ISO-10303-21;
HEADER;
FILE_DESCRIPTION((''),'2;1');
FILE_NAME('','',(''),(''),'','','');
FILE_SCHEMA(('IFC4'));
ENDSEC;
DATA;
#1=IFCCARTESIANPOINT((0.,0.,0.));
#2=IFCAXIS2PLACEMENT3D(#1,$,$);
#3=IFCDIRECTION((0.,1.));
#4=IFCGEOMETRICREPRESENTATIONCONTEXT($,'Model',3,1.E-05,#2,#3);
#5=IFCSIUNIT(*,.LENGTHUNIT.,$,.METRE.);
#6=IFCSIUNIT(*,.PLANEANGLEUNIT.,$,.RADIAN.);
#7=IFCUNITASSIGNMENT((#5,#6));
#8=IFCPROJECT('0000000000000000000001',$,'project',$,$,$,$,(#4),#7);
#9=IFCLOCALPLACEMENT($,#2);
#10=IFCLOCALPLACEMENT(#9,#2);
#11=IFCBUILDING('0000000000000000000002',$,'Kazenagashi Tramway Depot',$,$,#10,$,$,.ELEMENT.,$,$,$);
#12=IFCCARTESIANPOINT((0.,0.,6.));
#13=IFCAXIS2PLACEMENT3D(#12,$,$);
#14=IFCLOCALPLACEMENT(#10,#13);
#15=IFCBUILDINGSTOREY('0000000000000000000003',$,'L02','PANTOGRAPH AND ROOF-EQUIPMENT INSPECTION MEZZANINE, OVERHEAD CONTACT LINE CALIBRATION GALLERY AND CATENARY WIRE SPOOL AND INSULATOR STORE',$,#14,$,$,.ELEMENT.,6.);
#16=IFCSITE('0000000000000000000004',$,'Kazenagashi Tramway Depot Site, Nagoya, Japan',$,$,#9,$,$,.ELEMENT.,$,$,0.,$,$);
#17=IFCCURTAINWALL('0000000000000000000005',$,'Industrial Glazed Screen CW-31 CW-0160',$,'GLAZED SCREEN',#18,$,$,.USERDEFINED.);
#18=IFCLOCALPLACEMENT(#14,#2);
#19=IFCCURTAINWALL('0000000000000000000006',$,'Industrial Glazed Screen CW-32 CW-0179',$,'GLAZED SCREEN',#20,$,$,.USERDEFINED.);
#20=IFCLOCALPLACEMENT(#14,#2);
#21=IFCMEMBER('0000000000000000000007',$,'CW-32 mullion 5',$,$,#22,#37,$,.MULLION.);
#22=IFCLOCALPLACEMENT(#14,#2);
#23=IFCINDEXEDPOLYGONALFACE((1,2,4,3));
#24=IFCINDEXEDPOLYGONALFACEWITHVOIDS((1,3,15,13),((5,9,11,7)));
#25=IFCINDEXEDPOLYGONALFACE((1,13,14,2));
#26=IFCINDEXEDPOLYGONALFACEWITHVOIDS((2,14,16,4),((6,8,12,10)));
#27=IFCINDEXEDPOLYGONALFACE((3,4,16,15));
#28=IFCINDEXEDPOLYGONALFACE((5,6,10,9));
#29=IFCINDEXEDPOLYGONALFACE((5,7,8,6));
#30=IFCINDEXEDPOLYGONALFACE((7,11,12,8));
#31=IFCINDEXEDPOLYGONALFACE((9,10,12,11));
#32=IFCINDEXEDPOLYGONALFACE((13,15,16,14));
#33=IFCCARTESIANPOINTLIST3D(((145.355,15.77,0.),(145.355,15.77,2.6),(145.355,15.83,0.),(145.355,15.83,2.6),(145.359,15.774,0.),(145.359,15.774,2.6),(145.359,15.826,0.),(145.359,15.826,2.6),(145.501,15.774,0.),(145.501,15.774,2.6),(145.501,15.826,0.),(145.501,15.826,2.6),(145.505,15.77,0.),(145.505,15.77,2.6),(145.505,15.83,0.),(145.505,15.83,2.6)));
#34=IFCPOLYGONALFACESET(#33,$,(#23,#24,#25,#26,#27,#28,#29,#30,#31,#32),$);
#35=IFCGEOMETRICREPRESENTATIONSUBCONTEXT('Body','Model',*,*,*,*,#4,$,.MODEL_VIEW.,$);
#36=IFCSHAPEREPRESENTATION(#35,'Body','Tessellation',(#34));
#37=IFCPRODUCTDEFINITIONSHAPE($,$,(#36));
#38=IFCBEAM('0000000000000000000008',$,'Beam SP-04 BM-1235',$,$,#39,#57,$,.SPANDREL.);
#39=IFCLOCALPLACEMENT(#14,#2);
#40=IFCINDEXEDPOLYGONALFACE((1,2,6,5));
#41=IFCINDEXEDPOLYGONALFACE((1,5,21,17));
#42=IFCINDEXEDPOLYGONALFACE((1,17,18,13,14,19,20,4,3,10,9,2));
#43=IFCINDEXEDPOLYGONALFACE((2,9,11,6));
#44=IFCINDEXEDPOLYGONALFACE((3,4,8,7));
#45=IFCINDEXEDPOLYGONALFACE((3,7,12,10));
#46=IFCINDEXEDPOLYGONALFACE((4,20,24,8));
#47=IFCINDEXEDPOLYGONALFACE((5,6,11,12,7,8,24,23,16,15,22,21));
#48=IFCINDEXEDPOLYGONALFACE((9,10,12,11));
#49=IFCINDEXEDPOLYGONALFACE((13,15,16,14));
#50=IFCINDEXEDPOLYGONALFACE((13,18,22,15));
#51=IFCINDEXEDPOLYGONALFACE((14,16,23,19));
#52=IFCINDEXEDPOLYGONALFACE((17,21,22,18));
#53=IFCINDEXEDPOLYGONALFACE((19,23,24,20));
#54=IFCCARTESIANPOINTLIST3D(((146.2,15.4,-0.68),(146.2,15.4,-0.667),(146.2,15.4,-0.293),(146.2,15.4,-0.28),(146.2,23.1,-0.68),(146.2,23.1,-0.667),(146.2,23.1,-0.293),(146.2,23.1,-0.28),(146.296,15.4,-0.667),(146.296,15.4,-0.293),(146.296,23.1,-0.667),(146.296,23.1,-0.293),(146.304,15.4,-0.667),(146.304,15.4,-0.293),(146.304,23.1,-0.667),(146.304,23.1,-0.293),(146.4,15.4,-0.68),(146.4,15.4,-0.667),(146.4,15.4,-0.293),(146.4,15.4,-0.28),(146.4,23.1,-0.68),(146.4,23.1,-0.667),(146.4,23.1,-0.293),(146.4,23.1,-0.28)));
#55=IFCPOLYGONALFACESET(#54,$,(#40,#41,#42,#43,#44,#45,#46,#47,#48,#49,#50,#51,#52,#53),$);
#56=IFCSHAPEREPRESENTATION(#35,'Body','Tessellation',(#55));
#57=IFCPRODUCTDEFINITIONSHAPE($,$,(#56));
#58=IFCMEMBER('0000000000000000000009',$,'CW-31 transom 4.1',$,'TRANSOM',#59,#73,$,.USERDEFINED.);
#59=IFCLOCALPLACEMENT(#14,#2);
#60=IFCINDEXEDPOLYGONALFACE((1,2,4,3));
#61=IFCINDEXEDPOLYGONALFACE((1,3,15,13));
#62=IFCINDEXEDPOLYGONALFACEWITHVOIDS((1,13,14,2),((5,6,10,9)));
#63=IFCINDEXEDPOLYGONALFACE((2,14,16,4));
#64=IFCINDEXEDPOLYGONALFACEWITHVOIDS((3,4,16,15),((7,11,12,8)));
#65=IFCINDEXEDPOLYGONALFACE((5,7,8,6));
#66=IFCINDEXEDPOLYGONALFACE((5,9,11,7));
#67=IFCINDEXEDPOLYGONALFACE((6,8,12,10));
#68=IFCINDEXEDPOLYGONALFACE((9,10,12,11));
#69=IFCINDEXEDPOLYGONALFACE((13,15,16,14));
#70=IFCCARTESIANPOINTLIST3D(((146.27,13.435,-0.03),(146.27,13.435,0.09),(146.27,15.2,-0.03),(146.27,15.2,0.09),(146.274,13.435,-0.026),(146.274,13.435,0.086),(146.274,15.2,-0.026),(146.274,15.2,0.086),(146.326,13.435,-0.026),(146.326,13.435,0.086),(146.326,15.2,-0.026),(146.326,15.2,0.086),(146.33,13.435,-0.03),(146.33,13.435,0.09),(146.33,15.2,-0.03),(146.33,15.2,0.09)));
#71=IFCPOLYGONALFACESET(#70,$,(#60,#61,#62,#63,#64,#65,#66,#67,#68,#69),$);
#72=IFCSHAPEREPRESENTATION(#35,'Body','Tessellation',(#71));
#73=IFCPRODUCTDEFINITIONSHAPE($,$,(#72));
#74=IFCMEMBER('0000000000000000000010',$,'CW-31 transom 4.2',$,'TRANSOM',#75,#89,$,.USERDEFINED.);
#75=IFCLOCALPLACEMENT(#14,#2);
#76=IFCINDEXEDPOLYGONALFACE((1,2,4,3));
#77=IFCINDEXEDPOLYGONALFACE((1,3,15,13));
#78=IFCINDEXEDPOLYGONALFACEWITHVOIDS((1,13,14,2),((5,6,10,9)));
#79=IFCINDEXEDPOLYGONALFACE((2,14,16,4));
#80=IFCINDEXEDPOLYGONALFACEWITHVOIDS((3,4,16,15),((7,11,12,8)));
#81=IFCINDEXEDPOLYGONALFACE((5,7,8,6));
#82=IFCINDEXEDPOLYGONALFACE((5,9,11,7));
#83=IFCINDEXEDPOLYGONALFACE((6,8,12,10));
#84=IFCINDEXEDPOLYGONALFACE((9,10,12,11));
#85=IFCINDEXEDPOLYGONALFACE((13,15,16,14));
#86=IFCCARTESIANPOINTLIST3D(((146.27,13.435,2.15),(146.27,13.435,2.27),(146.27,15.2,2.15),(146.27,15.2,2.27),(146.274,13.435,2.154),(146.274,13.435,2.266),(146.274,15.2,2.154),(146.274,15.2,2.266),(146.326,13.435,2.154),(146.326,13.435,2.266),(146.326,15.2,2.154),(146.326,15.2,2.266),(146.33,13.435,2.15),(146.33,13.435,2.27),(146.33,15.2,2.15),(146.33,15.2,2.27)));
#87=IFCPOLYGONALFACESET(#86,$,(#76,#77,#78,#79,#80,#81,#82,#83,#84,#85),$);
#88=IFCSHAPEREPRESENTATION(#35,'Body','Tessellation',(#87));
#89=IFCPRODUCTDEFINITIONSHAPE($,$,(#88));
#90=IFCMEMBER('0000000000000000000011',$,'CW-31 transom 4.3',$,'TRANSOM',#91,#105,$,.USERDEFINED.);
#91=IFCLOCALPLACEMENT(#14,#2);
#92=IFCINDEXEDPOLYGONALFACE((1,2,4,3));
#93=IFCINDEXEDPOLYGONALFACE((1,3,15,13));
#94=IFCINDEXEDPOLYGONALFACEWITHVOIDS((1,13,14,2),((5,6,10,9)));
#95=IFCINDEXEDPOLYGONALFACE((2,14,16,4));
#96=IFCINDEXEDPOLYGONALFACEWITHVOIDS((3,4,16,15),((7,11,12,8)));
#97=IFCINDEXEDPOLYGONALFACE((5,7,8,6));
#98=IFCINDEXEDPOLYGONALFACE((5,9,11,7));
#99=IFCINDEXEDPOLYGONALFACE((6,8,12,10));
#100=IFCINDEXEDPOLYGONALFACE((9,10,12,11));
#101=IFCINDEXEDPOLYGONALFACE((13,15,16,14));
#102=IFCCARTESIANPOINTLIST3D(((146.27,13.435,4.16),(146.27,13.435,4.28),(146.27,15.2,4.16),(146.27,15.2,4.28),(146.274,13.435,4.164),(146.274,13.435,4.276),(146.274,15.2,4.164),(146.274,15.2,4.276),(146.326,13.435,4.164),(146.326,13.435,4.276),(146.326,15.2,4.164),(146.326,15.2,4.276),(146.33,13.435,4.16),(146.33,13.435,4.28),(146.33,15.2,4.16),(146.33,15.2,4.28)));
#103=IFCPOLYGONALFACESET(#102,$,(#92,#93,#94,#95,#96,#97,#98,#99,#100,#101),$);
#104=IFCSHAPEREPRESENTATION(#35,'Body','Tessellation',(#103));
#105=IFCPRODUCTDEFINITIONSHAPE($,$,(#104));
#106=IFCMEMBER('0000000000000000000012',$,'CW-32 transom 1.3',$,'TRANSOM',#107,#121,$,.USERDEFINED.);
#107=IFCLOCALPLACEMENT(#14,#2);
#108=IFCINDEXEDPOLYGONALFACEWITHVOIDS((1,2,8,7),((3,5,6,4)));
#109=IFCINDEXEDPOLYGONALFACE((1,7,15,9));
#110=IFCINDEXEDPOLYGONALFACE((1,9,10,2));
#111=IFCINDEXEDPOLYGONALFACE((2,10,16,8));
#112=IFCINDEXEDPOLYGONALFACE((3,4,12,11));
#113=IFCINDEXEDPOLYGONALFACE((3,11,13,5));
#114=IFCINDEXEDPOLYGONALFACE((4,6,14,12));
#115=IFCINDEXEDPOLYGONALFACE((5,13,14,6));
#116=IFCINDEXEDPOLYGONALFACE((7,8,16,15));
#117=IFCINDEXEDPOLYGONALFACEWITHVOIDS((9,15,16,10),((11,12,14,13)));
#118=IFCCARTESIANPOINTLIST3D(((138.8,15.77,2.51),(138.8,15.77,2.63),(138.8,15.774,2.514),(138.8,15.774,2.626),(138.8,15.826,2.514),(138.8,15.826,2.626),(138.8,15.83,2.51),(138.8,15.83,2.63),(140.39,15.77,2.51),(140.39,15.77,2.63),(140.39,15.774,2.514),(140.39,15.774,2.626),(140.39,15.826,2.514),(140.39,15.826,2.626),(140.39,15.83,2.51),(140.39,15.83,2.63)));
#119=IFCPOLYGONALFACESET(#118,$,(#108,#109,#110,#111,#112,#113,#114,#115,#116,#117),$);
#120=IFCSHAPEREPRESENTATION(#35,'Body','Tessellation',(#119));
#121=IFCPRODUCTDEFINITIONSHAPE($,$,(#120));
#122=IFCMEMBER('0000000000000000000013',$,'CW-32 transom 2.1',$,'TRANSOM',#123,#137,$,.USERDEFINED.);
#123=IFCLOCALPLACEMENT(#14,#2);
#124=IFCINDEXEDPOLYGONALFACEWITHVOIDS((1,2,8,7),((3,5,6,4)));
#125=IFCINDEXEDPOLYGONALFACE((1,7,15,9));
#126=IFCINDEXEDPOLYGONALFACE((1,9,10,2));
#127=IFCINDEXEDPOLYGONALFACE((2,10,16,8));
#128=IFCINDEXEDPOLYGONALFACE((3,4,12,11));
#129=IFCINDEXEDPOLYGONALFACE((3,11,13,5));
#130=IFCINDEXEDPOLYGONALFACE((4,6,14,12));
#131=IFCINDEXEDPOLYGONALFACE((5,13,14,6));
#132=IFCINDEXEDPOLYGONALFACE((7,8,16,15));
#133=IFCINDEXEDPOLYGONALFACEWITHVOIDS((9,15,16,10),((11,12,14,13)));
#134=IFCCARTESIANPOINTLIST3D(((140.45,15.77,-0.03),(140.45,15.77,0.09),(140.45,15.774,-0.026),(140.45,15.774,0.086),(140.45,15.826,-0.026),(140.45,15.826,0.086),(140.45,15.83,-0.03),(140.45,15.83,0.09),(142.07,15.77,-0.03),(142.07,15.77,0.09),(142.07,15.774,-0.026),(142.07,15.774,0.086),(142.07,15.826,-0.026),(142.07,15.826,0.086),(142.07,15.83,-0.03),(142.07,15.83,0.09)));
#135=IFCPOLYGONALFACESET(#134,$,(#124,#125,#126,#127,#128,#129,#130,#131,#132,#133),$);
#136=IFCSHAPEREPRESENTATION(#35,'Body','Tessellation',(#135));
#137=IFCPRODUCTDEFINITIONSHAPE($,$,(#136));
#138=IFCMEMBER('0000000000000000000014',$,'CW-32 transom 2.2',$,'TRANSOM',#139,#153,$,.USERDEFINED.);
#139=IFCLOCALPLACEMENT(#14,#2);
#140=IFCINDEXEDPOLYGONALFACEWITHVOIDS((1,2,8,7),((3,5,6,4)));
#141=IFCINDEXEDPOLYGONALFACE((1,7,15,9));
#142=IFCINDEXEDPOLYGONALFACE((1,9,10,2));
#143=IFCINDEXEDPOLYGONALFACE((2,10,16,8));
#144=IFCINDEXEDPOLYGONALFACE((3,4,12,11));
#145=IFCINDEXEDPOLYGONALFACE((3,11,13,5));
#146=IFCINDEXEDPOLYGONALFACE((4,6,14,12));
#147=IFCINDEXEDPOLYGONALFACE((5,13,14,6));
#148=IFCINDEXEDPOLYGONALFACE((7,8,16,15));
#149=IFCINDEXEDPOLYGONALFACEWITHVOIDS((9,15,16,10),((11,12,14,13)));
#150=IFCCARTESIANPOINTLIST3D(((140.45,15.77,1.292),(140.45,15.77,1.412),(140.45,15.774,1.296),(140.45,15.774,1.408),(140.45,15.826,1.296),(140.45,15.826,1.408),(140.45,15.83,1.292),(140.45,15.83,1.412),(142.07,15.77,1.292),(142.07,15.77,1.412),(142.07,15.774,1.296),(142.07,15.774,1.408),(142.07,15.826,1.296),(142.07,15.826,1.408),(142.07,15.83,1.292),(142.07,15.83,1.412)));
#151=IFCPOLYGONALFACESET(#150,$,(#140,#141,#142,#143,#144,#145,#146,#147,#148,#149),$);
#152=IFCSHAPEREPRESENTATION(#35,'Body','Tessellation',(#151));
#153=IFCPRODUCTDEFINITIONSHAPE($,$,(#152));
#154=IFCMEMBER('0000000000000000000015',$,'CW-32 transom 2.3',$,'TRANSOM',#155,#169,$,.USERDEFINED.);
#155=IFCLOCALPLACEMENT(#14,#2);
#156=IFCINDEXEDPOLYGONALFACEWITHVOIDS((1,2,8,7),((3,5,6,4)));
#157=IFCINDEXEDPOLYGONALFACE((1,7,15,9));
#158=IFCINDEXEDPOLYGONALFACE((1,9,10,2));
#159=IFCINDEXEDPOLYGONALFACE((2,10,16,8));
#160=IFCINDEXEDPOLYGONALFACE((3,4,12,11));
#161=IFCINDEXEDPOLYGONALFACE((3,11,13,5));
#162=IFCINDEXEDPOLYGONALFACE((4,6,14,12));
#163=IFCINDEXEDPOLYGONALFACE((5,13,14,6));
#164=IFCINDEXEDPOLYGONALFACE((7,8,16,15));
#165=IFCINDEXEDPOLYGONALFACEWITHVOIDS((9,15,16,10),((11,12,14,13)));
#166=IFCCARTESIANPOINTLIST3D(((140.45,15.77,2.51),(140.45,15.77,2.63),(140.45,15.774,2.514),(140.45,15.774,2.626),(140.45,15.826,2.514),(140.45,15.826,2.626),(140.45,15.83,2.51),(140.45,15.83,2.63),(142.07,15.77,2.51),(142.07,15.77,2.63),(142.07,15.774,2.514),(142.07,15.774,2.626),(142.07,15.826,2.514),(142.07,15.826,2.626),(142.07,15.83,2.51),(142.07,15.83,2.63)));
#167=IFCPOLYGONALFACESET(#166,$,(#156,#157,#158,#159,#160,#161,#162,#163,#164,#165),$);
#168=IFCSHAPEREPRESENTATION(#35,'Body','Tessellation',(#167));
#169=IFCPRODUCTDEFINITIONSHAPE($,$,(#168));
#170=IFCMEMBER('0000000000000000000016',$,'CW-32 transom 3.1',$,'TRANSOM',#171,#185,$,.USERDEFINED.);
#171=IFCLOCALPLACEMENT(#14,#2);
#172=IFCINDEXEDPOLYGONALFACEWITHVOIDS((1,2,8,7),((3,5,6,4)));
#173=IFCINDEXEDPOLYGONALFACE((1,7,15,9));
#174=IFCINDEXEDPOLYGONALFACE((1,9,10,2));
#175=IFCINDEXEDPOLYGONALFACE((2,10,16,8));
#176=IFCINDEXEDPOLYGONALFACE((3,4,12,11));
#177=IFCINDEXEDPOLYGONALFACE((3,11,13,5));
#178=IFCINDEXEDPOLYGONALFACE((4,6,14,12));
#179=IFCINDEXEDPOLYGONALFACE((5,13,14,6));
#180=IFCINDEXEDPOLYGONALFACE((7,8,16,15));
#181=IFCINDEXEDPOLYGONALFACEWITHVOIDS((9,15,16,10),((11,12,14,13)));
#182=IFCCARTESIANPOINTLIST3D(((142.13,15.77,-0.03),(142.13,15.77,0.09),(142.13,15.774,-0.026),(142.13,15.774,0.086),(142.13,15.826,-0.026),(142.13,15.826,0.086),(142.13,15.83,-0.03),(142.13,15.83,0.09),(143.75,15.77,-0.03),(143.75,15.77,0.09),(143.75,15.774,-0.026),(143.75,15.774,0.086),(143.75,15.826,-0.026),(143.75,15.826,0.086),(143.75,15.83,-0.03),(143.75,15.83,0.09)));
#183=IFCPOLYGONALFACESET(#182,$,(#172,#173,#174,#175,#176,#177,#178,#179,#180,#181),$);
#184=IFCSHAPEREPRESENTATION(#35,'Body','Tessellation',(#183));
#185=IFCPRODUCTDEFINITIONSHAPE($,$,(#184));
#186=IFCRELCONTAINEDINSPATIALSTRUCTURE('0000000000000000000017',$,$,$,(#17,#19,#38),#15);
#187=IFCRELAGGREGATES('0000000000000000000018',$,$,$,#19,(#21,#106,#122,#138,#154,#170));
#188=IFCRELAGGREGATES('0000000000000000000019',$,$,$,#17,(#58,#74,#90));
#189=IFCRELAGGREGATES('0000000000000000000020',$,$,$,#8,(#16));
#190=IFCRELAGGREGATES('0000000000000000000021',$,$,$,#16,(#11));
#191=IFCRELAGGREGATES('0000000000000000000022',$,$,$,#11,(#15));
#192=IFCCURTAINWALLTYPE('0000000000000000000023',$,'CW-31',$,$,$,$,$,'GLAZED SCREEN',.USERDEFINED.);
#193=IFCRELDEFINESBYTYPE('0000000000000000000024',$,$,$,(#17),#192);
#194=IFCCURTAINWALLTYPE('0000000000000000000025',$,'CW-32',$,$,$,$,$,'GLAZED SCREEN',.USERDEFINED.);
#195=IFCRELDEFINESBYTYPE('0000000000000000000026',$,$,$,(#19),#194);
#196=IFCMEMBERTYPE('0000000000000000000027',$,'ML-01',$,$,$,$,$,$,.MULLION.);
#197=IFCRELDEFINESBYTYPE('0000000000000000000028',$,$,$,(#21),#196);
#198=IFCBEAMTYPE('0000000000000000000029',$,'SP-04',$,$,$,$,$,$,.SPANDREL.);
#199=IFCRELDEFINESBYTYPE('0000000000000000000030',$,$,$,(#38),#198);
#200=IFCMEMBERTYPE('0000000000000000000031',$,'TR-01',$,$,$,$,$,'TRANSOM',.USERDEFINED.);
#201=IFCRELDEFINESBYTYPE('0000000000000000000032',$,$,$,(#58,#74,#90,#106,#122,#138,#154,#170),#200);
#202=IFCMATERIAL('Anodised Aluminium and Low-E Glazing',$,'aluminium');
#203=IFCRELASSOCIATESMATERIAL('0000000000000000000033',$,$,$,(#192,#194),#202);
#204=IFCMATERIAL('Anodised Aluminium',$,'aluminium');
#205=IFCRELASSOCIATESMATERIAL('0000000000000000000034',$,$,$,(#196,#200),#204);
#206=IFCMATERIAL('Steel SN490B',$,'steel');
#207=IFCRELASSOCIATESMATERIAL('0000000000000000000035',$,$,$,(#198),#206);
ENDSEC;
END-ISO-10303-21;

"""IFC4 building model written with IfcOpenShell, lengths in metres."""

from ifc_helpers import new_model, si_unit, direction, frame, origin, origin_2d, place, context, subcontext, project, spatial, hollow_rectangle, i_section, extrude, material, material_profile, profile_set, type_object, element, aggregate, save


model = new_model("IFC4")

# Units and contexts
model_context = context("Model", 3, precision=1e-05, world=origin(), true_north=direction((0.0, 1.0)))
body_context = subcontext(model_context, "Body", "Model", "MODEL_VIEW")
ifc_project = project(units=[si_unit("LENGTHUNIT", "METRE"), si_unit("PLANEANGLEUNIT", "RADIAN")], contexts=[model_context])

# Site, building, storey
site_placement = place(None, origin())
site = spatial("IfcSite", under=ifc_project, at=site_placement, Name="Kazenagashi Tramway Depot Site, Nagoya, Japan", CompositionType="ELEMENT", RefElevation=0.0)
building_placement = place(site_placement, origin())
building = spatial("IfcBuilding", under=site, at=building_placement, Name="Kazenagashi Tramway Depot", CompositionType="ELEMENT")
storey_placement = place(building_placement, frame((0.0, 0.0, 6.0)))
storey = spatial("IfcBuildingStorey", under=building, at=storey_placement, Name="L02", Description="PANTOGRAPH AND ROOF-EQUIPMENT INSPECTION MEZZANINE, OVERHEAD CONTACT LINE CALIBRATION GALLERY AND CATENARY WIRE SPOOL AND INSULATOR STORE", CompositionType="ELEMENT", Elevation=6.0)

# Shared definitions
ifc_material_1 = material(Name="Steel SN490B", Category="steel")

# Curtain walls, member
ifc_material_2 = material(Name="Anodised Aluminium and Low-E Glazing", Category="aluminium")
curtain_wall_type_1 = type_object("IfcCurtainWallType", Name="CW-31", ElementType="GLAZED SCREEN", PredefinedType="USERDEFINED", material=ifc_material_2)
curtain_wall_1_placement = place(storey_placement, origin())
curtain_wall_1 = element("IfcCurtainWall", 1, at=curtain_wall_1_placement, inside=storey, type_object=curtain_wall_type_1, Name="Industrial Glazed Screen CW-31 CW-0160", ObjectType="GLAZED SCREEN", PredefinedType="USERDEFINED")
ifc_material_3 = material(Name="Anodised Aluminium", Category="aluminium")
ifc_material_profile_1 = material_profile(ifc_material_3, hollow_rectangle(XDim=0.06, YDim=0.15, WallThickness=0.004, at=origin_2d()), Name="RHS-150x60x4")
ifc_profile_set_1 = profile_set([ifc_material_profile_1], Name="Anodised Aluminium")
member_type_1 = type_object("IfcMemberType", Name="ML-01", PredefinedType="MULLION", material=ifc_profile_set_1)
curtain_wall_type_2 = type_object("IfcCurtainWallType", Name="CW-32", ElementType="GLAZED SCREEN", PredefinedType="USERDEFINED", material=ifc_material_2)
curtain_wall_2_placement = place(storey_placement, origin())
curtain_wall_2 = element("IfcCurtainWall", 2, at=curtain_wall_2_placement, inside=storey, type_object=curtain_wall_type_2, Name="Industrial Glazed Screen CW-32 CW-0179", ObjectType="GLAZED SCREEN", PredefinedType="USERDEFINED")
member_1_placement = place(storey_placement, frame((145.43, 15.8, 0.0), z_axis=(0.0, 0.0, 1.0), x_axis=(0.0, 1.0, 0.0)))
member_1 = element("IfcMember", 3, at=member_1_placement, type_object=member_type_1, Name="CW-32 mullion 5", PredefinedType="MULLION", context=body_context, shape_type="SweptSolid", body=[
    extrude(hollow_rectangle(XDim=0.06, YDim=0.15, WallThickness=0.004, at=origin_2d()), origin(), (0.0, 0.0, 1.0), 2.6),
])

# Beam
ifc_material_profile_2 = material_profile(ifc_material_1, i_section(OverallWidth=0.2, OverallDepth=0.4, WebThickness=0.008, FlangeThickness=0.013, at=origin_2d()), Name="H-400x200x8x13")
ifc_profile_set_2 = profile_set([ifc_material_profile_2], Name="Steel SN490B")
beam_type_1 = type_object("IfcBeamType", Name="SP-04", PredefinedType="SPANDREL", material=ifc_profile_set_2)
beam_1_placement = place(storey_placement, frame((146.3, 15.4, -0.48), z_axis=(0.0, 1.0, 0.0), x_axis=(-1.0, 0.0, 0.0)))
element("IfcBeam", 4, at=beam_1_placement, inside=storey, type_object=beam_type_1, Name="Beam SP-04 BM-1235", PredefinedType="SPANDREL", context=body_context, shape_type="SweptSolid", body=[
    extrude(i_section(OverallWidth=0.2, OverallDepth=0.4, WebThickness=0.008, FlangeThickness=0.013, at=origin_2d()), origin(), (0.0, 0.0, 1.0), 7.7),
])

# Members
ifc_material_profile_3 = material_profile(ifc_material_3, hollow_rectangle(XDim=0.06, YDim=0.12, WallThickness=0.004, at=origin_2d()), Name="RHS-120x60x4")
ifc_profile_set_3 = profile_set([ifc_material_profile_3], Name="Anodised Aluminium")
member_type_2 = type_object("IfcMemberType", Name="TR-01", ElementType="TRANSOM", PredefinedType="USERDEFINED", material=ifc_profile_set_3)
member_2_placement = place(storey_placement, frame((146.3, 13.435, 0.03), z_axis=(0.0, 1.0, 0.0), x_axis=(-1.0, 0.0, 0.0)))
member_2 = element("IfcMember", 5, at=member_2_placement, type_object=member_type_2, Name="CW-31 transom 4.1", ObjectType="TRANSOM", PredefinedType="USERDEFINED", context=body_context, shape_type="SweptSolid", body=[
    extrude(hollow_rectangle(XDim=0.06, YDim=0.12, WallThickness=0.004, at=origin_2d()), origin(), (0.0, 0.0, 1.0), 1.765),
])
member_3_placement = place(storey_placement, frame((146.3, 13.435, 2.21), z_axis=(0.0, 1.0, 0.0), x_axis=(-1.0, 0.0, 0.0)))
member_3 = element("IfcMember", 6, at=member_3_placement, type_object=member_type_2, Name="CW-31 transom 4.2", ObjectType="TRANSOM", PredefinedType="USERDEFINED", context=body_context, shape_type="SweptSolid", body=[
    extrude(hollow_rectangle(XDim=0.06, YDim=0.12, WallThickness=0.004, at=origin_2d()), origin(), (0.0, 0.0, 1.0), 1.765),
])
member_4_placement = place(storey_placement, frame((146.3, 13.435, 4.22), z_axis=(0.0, 1.0, 0.0), x_axis=(-1.0, 0.0, 0.0)))
member_4 = element("IfcMember", 7, at=member_4_placement, type_object=member_type_2, Name="CW-31 transom 4.3", ObjectType="TRANSOM", PredefinedType="USERDEFINED", context=body_context, shape_type="SweptSolid", body=[
    extrude(hollow_rectangle(XDim=0.06, YDim=0.12, WallThickness=0.004, at=origin_2d()), origin(), (0.0, 0.0, 1.0), 1.765),
])
member_5_placement = place(storey_placement, frame((138.8, 15.8, 2.57), z_axis=(1.0, 0.0, 0.0), x_axis=(0.0, 1.0, 0.0)))
member_5 = element("IfcMember", 8, at=member_5_placement, type_object=member_type_2, Name="CW-32 transom 1.3", ObjectType="TRANSOM", PredefinedType="USERDEFINED", context=body_context, shape_type="SweptSolid", body=[
    extrude(hollow_rectangle(XDim=0.06, YDim=0.12, WallThickness=0.004, at=origin_2d()), origin(), (0.0, 0.0, 1.0), 1.59),
])
member_6_placement = place(storey_placement, frame((140.45, 15.8, 0.03), z_axis=(1.0, 0.0, 0.0), x_axis=(0.0, 1.0, 0.0)))
member_6 = element("IfcMember", 9, at=member_6_placement, type_object=member_type_2, Name="CW-32 transom 2.1", ObjectType="TRANSOM", PredefinedType="USERDEFINED", context=body_context, shape_type="SweptSolid", body=[
    extrude(hollow_rectangle(XDim=0.06, YDim=0.12, WallThickness=0.004, at=origin_2d()), origin(), (0.0, 0.0, 1.0), 1.62),
])
member_7_placement = place(storey_placement, frame((140.45, 15.8, 1.352), z_axis=(1.0, 0.0, 0.0), x_axis=(0.0, 1.0, 0.0)))
member_7 = element("IfcMember", 10, at=member_7_placement, type_object=member_type_2, Name="CW-32 transom 2.2", ObjectType="TRANSOM", PredefinedType="USERDEFINED", context=body_context, shape_type="SweptSolid", body=[
    extrude(hollow_rectangle(XDim=0.06, YDim=0.12, WallThickness=0.004, at=origin_2d()), origin(), (0.0, 0.0, 1.0), 1.62),
])
member_8_placement = place(storey_placement, frame((140.45, 15.8, 2.57), z_axis=(1.0, 0.0, 0.0), x_axis=(0.0, 1.0, 0.0)))
member_8 = element("IfcMember", 11, at=member_8_placement, type_object=member_type_2, Name="CW-32 transom 2.3", ObjectType="TRANSOM", PredefinedType="USERDEFINED", context=body_context, shape_type="SweptSolid", body=[
    extrude(hollow_rectangle(XDim=0.06, YDim=0.12, WallThickness=0.004, at=origin_2d()), origin(), (0.0, 0.0, 1.0), 1.62),
])
member_9_placement = place(storey_placement, frame((142.13, 15.8, 0.03), z_axis=(1.0, 0.0, 0.0), x_axis=(0.0, 1.0, 0.0)))
member_9 = element("IfcMember", 12, at=member_9_placement, type_object=member_type_2, Name="CW-32 transom 3.1", ObjectType="TRANSOM", PredefinedType="USERDEFINED", context=body_context, shape_type="SweptSolid", body=[
    extrude(hollow_rectangle(XDim=0.06, YDim=0.12, WallThickness=0.004, at=origin_2d()), origin(), (0.0, 0.0, 1.0), 1.62),
])

aggregate(curtain_wall_2, [member_1, member_5, member_6, member_7, member_8, member_9])
aggregate(curtain_wall_1, [member_2, member_3, member_4])

save(model, "model.ifc")
